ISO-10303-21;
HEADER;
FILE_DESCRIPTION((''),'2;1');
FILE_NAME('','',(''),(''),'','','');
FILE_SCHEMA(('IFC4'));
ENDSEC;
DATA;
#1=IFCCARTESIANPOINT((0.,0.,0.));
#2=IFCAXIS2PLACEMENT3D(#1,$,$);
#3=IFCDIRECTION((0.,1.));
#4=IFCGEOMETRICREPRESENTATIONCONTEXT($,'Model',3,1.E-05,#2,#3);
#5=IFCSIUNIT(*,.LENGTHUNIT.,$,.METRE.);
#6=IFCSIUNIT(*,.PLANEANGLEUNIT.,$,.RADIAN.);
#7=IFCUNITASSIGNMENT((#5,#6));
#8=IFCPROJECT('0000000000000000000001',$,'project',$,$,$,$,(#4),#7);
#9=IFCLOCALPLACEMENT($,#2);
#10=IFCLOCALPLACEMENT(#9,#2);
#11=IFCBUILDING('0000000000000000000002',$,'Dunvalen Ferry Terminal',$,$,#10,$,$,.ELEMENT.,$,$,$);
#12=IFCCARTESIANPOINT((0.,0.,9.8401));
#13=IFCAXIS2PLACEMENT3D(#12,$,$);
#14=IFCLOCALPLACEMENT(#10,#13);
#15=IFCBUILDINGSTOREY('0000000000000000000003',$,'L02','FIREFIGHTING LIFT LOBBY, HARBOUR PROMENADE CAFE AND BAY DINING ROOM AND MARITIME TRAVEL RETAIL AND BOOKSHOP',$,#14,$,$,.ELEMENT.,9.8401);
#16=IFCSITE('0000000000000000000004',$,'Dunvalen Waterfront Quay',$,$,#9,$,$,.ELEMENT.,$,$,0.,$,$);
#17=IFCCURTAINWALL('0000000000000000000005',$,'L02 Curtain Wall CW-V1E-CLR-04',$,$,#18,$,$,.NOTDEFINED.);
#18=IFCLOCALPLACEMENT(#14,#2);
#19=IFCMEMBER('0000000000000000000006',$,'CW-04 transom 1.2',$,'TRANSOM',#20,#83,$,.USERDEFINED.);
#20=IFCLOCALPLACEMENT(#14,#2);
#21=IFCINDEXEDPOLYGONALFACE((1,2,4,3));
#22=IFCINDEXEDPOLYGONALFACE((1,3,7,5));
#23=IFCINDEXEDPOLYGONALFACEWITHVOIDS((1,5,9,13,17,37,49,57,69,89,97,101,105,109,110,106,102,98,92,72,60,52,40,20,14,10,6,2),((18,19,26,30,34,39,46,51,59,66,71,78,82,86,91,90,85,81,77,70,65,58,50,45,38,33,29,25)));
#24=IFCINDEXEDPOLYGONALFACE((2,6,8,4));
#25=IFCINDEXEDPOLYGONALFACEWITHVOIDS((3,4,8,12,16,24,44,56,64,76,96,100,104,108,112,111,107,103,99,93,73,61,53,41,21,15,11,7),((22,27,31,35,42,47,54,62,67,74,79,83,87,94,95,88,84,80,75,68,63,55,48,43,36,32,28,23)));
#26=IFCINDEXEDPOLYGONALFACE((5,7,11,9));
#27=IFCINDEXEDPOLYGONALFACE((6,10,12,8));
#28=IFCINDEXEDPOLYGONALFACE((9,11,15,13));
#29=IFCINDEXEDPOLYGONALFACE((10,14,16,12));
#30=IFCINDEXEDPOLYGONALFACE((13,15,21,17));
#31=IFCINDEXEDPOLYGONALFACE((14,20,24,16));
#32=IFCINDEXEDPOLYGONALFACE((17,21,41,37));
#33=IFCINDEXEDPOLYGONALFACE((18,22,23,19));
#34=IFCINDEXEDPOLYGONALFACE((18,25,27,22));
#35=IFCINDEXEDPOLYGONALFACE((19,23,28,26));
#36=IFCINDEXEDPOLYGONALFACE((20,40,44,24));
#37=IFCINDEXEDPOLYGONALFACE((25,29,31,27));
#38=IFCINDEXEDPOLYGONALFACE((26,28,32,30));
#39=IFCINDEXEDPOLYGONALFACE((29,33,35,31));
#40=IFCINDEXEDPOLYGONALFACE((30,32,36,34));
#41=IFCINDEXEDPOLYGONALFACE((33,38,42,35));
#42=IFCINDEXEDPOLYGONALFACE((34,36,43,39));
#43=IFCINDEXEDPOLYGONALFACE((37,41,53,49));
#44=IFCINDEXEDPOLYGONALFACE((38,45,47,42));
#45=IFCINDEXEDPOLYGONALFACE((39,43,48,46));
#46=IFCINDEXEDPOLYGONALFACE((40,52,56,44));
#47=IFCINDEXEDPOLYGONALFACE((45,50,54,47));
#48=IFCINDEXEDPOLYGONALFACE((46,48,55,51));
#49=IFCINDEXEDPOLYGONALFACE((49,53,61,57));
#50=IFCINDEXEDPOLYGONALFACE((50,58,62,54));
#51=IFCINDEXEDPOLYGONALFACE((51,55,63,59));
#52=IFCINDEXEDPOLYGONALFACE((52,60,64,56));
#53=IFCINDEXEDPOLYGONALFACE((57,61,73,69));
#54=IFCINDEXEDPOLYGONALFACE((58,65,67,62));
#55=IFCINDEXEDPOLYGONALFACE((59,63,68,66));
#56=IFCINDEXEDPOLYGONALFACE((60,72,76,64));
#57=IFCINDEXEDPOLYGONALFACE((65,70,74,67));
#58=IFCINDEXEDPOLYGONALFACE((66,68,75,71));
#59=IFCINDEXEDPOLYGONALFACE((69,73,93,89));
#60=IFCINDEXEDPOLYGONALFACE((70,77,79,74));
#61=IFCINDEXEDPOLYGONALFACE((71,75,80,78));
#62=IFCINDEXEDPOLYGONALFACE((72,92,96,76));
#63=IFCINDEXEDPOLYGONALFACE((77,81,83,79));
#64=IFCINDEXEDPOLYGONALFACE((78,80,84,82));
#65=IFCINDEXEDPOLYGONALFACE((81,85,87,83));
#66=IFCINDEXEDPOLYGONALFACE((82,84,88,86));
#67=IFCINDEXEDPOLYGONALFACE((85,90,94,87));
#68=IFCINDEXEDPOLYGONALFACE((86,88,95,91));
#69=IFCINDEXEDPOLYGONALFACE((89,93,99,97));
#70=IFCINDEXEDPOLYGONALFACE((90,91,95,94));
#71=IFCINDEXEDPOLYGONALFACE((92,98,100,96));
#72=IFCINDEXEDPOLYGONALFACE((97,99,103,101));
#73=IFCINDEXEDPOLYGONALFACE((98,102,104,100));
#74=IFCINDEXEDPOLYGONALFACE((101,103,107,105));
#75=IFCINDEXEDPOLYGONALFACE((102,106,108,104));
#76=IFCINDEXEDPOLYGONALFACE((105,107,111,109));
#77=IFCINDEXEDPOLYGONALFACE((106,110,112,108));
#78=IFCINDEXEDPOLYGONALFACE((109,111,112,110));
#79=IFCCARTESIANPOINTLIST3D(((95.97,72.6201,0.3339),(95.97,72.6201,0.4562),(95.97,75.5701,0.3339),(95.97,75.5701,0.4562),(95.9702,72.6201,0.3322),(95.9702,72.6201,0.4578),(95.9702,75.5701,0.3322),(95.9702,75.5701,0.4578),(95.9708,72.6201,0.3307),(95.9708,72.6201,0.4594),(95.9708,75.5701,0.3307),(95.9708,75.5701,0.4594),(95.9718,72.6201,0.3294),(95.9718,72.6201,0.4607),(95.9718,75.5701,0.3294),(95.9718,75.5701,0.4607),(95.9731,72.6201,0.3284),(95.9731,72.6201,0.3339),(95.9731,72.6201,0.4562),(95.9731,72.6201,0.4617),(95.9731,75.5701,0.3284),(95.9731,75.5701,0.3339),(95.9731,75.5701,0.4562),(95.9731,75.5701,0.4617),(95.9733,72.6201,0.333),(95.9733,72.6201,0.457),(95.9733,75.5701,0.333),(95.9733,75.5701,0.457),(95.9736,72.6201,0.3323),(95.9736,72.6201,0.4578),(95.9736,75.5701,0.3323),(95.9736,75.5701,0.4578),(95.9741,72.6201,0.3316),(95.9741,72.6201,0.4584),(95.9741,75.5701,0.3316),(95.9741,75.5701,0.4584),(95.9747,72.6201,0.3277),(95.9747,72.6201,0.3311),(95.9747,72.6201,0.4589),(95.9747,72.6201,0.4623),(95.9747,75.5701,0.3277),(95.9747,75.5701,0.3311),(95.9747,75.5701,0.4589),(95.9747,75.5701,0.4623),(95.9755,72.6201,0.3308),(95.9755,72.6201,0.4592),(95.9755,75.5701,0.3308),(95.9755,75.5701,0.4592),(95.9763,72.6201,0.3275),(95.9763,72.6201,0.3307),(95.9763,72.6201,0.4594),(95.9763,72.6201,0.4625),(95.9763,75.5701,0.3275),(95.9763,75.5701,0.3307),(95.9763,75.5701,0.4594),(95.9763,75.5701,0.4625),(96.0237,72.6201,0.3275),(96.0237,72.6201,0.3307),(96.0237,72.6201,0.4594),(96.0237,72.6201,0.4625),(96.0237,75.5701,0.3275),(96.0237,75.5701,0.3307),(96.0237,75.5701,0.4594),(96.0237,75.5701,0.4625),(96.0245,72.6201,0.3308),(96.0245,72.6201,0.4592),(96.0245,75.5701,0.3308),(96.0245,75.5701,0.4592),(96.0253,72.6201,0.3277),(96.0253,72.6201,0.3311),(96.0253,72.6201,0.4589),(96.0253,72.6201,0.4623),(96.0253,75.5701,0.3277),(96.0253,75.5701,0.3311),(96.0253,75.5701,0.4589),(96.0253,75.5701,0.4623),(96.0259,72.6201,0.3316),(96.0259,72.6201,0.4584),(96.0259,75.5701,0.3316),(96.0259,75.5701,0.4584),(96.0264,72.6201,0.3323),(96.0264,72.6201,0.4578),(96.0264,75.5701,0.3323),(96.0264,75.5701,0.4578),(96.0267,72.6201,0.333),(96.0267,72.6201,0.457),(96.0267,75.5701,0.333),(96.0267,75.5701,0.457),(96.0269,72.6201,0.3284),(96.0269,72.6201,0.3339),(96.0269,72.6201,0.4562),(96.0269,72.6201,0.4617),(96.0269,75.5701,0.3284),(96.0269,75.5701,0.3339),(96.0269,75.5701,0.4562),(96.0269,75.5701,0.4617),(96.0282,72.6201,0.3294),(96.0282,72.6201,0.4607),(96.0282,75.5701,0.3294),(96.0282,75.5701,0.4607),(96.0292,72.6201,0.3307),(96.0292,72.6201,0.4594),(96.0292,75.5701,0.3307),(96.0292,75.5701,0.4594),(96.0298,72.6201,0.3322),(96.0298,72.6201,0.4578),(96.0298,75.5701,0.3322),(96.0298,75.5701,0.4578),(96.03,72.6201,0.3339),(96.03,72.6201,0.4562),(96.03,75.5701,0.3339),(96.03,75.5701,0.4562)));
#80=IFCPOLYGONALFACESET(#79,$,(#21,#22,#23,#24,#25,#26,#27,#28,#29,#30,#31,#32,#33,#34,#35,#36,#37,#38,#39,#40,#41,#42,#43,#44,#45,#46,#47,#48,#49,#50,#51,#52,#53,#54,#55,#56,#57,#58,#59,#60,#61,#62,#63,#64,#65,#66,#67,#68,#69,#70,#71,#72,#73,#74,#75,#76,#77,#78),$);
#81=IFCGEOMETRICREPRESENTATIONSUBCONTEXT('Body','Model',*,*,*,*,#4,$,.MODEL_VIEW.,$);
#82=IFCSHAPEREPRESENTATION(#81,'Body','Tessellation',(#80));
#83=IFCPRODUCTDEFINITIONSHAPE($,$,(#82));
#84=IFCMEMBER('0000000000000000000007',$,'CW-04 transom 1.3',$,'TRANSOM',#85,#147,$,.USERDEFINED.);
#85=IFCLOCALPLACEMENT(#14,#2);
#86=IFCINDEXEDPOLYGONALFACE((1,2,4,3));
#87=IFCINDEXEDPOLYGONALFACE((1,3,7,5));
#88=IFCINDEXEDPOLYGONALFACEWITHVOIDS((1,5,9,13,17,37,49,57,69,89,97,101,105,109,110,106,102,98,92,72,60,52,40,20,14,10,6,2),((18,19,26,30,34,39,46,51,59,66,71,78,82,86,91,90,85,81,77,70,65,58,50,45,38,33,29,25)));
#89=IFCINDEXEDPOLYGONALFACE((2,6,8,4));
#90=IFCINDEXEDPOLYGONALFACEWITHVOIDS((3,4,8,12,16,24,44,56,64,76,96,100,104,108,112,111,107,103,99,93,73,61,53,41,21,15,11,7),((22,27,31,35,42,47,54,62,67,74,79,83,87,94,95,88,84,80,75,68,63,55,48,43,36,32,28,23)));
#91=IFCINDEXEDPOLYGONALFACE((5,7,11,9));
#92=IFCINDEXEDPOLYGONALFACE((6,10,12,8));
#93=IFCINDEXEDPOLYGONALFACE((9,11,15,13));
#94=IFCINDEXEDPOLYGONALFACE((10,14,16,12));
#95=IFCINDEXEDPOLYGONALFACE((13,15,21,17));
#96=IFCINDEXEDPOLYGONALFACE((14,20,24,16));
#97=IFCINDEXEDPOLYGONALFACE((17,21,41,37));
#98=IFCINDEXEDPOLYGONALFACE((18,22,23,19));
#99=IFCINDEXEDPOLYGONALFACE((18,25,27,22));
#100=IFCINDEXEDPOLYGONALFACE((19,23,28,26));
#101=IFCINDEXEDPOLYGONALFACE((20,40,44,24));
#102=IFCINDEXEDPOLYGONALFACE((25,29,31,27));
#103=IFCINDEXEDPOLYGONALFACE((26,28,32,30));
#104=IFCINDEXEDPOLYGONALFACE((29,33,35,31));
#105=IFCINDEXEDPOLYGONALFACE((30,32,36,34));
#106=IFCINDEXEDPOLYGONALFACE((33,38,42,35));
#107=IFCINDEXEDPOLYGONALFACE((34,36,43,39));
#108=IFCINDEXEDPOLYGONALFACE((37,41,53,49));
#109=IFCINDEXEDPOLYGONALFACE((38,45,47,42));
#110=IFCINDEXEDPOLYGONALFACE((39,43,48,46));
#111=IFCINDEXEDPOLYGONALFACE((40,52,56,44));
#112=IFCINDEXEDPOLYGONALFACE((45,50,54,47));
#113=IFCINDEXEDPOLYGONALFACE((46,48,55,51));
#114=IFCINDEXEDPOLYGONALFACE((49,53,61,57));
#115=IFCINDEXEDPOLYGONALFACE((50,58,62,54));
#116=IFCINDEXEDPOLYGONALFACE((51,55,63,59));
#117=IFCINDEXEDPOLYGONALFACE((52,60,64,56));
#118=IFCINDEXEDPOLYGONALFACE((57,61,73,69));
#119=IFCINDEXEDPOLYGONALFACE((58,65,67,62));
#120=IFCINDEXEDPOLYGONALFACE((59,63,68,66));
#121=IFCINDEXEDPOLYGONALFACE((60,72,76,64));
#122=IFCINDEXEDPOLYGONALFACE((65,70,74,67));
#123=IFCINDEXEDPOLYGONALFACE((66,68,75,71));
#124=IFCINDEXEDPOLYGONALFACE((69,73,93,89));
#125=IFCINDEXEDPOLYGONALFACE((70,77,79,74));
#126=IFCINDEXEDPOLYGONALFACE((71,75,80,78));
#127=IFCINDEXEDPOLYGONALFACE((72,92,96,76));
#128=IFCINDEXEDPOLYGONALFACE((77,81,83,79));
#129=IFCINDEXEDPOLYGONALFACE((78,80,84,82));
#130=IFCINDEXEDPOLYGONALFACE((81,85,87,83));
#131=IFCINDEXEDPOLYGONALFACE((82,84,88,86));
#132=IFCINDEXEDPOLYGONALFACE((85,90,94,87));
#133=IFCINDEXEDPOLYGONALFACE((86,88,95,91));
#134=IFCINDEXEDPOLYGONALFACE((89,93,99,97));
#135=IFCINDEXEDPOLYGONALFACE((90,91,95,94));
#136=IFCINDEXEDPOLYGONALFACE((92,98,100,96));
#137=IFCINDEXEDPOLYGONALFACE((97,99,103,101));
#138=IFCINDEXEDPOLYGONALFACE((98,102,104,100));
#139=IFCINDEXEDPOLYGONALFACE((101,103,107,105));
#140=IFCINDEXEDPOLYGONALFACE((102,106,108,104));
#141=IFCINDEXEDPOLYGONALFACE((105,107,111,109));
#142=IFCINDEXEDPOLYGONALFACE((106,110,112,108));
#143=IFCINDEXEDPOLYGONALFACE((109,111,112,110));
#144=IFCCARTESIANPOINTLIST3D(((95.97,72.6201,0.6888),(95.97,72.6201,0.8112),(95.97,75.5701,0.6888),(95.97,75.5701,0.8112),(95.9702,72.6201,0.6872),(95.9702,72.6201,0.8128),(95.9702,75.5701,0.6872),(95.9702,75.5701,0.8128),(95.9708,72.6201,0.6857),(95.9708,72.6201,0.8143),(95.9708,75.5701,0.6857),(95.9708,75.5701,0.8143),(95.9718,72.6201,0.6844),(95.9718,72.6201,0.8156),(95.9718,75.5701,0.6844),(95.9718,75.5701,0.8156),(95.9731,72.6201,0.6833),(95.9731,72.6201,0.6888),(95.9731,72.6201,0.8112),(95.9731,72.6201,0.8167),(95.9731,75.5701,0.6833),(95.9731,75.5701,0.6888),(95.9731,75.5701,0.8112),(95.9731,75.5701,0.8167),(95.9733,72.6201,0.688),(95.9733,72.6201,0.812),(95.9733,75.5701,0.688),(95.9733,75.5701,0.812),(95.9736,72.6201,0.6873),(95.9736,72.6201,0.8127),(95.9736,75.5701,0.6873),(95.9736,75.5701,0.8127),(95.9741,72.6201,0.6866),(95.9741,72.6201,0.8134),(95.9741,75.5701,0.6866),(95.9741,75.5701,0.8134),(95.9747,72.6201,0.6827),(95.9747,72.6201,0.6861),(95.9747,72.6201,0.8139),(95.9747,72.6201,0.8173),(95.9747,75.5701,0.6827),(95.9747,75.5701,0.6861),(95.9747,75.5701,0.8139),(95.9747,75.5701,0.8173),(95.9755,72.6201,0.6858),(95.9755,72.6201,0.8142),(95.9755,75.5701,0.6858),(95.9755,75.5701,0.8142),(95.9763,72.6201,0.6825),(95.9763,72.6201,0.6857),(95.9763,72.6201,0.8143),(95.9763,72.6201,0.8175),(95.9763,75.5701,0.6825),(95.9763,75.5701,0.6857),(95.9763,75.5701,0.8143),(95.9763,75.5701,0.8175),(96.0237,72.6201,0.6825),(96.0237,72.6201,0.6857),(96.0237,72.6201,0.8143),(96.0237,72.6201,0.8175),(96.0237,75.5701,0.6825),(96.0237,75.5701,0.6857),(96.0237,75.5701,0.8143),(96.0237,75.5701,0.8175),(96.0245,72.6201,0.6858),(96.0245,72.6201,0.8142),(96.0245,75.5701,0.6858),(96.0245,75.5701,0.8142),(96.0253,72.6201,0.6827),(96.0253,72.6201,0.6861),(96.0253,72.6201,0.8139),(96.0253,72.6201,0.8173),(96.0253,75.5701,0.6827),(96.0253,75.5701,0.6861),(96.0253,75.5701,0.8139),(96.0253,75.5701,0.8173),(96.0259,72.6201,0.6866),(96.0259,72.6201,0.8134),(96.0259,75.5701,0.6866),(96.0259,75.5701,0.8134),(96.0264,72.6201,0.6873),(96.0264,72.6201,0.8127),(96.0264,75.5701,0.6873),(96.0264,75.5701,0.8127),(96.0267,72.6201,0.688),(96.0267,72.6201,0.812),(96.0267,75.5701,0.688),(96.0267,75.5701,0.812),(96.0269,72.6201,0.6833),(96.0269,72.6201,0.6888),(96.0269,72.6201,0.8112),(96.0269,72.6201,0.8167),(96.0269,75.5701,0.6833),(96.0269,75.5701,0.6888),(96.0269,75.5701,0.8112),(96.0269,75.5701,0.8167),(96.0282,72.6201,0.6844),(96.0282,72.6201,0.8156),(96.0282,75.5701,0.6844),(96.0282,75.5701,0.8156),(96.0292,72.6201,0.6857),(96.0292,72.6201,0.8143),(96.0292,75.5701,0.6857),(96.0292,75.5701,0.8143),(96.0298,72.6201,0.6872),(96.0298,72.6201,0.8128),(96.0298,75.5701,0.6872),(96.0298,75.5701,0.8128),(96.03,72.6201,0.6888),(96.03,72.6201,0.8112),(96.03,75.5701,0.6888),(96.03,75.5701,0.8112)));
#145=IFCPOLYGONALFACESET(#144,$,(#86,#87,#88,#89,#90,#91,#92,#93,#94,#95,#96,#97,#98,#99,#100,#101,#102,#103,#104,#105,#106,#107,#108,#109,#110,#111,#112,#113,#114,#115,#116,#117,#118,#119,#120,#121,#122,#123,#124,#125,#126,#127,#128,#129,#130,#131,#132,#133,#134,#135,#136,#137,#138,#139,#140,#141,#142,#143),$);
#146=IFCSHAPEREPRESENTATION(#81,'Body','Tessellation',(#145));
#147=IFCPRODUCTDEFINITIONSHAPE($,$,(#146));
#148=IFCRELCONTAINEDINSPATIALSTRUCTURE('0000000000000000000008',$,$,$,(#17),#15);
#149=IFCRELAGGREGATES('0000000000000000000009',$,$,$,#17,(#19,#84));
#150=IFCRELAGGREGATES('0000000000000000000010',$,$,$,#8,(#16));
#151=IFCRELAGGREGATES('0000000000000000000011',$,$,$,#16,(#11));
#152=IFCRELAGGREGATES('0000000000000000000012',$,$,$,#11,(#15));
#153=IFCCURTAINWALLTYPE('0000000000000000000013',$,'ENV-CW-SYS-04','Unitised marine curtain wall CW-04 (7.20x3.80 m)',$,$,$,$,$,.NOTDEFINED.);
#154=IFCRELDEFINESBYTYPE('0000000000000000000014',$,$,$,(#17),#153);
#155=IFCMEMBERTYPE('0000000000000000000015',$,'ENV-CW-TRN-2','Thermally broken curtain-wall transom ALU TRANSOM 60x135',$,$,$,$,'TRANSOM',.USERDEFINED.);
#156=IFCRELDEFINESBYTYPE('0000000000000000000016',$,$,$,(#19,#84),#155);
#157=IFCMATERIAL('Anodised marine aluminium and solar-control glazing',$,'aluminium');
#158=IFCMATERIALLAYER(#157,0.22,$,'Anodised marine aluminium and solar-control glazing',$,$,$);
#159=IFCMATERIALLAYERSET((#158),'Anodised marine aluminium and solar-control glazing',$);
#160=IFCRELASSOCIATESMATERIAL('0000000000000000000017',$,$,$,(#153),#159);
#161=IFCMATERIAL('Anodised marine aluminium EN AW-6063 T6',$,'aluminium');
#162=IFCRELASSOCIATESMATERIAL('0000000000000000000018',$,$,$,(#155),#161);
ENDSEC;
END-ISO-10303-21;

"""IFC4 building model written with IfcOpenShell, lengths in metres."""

from ifc_helpers import new_model, si_unit, direction, frame, origin, origin_2d, place, context, subcontext, project, spatial, hollow_rectangle, extrude, material, layer, layer_set, material_profile, profile_set, type_object, element, aggregate, save


model = new_model("IFC4")

# Units and contexts
model_context = context("Model", 3, precision=1e-05, world=origin(), true_north=direction((0.0, 1.0)))
body_context = subcontext(model_context, "Body", "Model", "MODEL_VIEW")
ifc_project = project(units=[si_unit("LENGTHUNIT", "METRE"), si_unit("PLANEANGLEUNIT", "RADIAN")], contexts=[model_context])

# Site, building, storey
site_placement = place(None, origin())
site = spatial("IfcSite", under=ifc_project, at=site_placement, Name="Dunvalen Waterfront Quay", CompositionType="ELEMENT", RefElevation=0.0)
building_placement = place(site_placement, origin())
building = spatial("IfcBuilding", under=site, at=building_placement, Name="Dunvalen Ferry Terminal", CompositionType="ELEMENT")
storey_placement = place(building_placement, frame((0.0, 0.0, 9.8401)))
storey = spatial("IfcBuildingStorey", under=building, at=storey_placement, Name="L02", Description="FIREFIGHTING LIFT LOBBY, HARBOUR PROMENADE CAFE AND BAY DINING ROOM AND MARITIME TRAVEL RETAIL AND BOOKSHOP", CompositionType="ELEMENT", Elevation=9.8401)

# Curtain wall, members
ifc_material_1 = material(Name="Anodised marine aluminium and solar-control glazing", Category="aluminium")
ifc_layer_1 = layer(ifc_material_1, 0.22, Name="Anodised marine aluminium and solar-control glazing")
ifc_layer_set_1 = layer_set([ifc_layer_1], Name="Anodised marine aluminium and solar-control glazing")
curtain_wall_type = type_object("IfcCurtainWallType", Name="ENV-CW-SYS-04", Description="Unitised marine curtain wall CW-04 (7.20x3.80 m)", PredefinedType="NOTDEFINED", material=ifc_layer_set_1)
curtain_wall_placement = place(storey_placement, origin())
curtain_wall = element("IfcCurtainWall", 1, at=curtain_wall_placement, inside=storey, type_object=curtain_wall_type, Name="L02 Curtain Wall CW-V1E-CLR-04", PredefinedType="NOTDEFINED")
ifc_material_2 = material(Name="Anodised marine aluminium EN AW-6063 T6", Category="aluminium")
ifc_material_profile_1 = material_profile(ifc_material_2, hollow_rectangle(XDim=0.0601, YDim=0.135, WallThickness=0.0032, InnerFilletRadius=0.0032, OuterFilletRadius=0.0063, at=origin_2d()), Name="Anodised marine aluminium EN AW-6063 T6")
ifc_profile_set_1 = profile_set([ifc_material_profile_1], Name="Anodised marine aluminium EN AW-6063 T6")
member_type_1 = type_object("IfcMemberType", Name="ENV-CW-TRN-2", Description="Thermally broken curtain-wall transom ALU TRANSOM 60x135", ElementType="TRANSOM", PredefinedType="USERDEFINED", material=ifc_profile_set_1)
member_1_placement = place(storey_placement, frame((96.0, 72.6201, 0.395), z_axis=(0.0, 1.0, 0.0), x_axis=(-1.0, 0.0, 0.0)))
member_1 = element("IfcMember", 2, at=member_1_placement, type_object=member_type_1, Name="CW-04 transom 1.2", ObjectType="TRANSOM", PredefinedType="USERDEFINED", context=body_context, shape_type="SweptSolid", body=[
    extrude(hollow_rectangle(XDim=0.0601, YDim=0.135, WallThickness=0.0032, InnerFilletRadius=0.0032, OuterFilletRadius=0.0063, at=origin_2d()), origin(), (0.0, 0.0, 1.0), 2.95),
])
member_2_placement = place(storey_placement, frame((96.0, 72.6201, 0.75), z_axis=(0.0, 1.0, 0.0), x_axis=(-1.0, 0.0, 0.0)))
member_2 = element("IfcMember", 3, at=member_2_placement, type_object=member_type_1, Name="CW-04 transom 1.3", ObjectType="TRANSOM", PredefinedType="USERDEFINED", context=body_context, shape_type="SweptSolid", body=[
    extrude(hollow_rectangle(XDim=0.0601, YDim=0.135, WallThickness=0.0032, InnerFilletRadius=0.0032, OuterFilletRadius=0.0063, at=origin_2d()), origin(), (0.0, 0.0, 1.0), 2.95),
])

aggregate(curtain_wall, [member_1, member_2])

save(model, "model.ifc")
